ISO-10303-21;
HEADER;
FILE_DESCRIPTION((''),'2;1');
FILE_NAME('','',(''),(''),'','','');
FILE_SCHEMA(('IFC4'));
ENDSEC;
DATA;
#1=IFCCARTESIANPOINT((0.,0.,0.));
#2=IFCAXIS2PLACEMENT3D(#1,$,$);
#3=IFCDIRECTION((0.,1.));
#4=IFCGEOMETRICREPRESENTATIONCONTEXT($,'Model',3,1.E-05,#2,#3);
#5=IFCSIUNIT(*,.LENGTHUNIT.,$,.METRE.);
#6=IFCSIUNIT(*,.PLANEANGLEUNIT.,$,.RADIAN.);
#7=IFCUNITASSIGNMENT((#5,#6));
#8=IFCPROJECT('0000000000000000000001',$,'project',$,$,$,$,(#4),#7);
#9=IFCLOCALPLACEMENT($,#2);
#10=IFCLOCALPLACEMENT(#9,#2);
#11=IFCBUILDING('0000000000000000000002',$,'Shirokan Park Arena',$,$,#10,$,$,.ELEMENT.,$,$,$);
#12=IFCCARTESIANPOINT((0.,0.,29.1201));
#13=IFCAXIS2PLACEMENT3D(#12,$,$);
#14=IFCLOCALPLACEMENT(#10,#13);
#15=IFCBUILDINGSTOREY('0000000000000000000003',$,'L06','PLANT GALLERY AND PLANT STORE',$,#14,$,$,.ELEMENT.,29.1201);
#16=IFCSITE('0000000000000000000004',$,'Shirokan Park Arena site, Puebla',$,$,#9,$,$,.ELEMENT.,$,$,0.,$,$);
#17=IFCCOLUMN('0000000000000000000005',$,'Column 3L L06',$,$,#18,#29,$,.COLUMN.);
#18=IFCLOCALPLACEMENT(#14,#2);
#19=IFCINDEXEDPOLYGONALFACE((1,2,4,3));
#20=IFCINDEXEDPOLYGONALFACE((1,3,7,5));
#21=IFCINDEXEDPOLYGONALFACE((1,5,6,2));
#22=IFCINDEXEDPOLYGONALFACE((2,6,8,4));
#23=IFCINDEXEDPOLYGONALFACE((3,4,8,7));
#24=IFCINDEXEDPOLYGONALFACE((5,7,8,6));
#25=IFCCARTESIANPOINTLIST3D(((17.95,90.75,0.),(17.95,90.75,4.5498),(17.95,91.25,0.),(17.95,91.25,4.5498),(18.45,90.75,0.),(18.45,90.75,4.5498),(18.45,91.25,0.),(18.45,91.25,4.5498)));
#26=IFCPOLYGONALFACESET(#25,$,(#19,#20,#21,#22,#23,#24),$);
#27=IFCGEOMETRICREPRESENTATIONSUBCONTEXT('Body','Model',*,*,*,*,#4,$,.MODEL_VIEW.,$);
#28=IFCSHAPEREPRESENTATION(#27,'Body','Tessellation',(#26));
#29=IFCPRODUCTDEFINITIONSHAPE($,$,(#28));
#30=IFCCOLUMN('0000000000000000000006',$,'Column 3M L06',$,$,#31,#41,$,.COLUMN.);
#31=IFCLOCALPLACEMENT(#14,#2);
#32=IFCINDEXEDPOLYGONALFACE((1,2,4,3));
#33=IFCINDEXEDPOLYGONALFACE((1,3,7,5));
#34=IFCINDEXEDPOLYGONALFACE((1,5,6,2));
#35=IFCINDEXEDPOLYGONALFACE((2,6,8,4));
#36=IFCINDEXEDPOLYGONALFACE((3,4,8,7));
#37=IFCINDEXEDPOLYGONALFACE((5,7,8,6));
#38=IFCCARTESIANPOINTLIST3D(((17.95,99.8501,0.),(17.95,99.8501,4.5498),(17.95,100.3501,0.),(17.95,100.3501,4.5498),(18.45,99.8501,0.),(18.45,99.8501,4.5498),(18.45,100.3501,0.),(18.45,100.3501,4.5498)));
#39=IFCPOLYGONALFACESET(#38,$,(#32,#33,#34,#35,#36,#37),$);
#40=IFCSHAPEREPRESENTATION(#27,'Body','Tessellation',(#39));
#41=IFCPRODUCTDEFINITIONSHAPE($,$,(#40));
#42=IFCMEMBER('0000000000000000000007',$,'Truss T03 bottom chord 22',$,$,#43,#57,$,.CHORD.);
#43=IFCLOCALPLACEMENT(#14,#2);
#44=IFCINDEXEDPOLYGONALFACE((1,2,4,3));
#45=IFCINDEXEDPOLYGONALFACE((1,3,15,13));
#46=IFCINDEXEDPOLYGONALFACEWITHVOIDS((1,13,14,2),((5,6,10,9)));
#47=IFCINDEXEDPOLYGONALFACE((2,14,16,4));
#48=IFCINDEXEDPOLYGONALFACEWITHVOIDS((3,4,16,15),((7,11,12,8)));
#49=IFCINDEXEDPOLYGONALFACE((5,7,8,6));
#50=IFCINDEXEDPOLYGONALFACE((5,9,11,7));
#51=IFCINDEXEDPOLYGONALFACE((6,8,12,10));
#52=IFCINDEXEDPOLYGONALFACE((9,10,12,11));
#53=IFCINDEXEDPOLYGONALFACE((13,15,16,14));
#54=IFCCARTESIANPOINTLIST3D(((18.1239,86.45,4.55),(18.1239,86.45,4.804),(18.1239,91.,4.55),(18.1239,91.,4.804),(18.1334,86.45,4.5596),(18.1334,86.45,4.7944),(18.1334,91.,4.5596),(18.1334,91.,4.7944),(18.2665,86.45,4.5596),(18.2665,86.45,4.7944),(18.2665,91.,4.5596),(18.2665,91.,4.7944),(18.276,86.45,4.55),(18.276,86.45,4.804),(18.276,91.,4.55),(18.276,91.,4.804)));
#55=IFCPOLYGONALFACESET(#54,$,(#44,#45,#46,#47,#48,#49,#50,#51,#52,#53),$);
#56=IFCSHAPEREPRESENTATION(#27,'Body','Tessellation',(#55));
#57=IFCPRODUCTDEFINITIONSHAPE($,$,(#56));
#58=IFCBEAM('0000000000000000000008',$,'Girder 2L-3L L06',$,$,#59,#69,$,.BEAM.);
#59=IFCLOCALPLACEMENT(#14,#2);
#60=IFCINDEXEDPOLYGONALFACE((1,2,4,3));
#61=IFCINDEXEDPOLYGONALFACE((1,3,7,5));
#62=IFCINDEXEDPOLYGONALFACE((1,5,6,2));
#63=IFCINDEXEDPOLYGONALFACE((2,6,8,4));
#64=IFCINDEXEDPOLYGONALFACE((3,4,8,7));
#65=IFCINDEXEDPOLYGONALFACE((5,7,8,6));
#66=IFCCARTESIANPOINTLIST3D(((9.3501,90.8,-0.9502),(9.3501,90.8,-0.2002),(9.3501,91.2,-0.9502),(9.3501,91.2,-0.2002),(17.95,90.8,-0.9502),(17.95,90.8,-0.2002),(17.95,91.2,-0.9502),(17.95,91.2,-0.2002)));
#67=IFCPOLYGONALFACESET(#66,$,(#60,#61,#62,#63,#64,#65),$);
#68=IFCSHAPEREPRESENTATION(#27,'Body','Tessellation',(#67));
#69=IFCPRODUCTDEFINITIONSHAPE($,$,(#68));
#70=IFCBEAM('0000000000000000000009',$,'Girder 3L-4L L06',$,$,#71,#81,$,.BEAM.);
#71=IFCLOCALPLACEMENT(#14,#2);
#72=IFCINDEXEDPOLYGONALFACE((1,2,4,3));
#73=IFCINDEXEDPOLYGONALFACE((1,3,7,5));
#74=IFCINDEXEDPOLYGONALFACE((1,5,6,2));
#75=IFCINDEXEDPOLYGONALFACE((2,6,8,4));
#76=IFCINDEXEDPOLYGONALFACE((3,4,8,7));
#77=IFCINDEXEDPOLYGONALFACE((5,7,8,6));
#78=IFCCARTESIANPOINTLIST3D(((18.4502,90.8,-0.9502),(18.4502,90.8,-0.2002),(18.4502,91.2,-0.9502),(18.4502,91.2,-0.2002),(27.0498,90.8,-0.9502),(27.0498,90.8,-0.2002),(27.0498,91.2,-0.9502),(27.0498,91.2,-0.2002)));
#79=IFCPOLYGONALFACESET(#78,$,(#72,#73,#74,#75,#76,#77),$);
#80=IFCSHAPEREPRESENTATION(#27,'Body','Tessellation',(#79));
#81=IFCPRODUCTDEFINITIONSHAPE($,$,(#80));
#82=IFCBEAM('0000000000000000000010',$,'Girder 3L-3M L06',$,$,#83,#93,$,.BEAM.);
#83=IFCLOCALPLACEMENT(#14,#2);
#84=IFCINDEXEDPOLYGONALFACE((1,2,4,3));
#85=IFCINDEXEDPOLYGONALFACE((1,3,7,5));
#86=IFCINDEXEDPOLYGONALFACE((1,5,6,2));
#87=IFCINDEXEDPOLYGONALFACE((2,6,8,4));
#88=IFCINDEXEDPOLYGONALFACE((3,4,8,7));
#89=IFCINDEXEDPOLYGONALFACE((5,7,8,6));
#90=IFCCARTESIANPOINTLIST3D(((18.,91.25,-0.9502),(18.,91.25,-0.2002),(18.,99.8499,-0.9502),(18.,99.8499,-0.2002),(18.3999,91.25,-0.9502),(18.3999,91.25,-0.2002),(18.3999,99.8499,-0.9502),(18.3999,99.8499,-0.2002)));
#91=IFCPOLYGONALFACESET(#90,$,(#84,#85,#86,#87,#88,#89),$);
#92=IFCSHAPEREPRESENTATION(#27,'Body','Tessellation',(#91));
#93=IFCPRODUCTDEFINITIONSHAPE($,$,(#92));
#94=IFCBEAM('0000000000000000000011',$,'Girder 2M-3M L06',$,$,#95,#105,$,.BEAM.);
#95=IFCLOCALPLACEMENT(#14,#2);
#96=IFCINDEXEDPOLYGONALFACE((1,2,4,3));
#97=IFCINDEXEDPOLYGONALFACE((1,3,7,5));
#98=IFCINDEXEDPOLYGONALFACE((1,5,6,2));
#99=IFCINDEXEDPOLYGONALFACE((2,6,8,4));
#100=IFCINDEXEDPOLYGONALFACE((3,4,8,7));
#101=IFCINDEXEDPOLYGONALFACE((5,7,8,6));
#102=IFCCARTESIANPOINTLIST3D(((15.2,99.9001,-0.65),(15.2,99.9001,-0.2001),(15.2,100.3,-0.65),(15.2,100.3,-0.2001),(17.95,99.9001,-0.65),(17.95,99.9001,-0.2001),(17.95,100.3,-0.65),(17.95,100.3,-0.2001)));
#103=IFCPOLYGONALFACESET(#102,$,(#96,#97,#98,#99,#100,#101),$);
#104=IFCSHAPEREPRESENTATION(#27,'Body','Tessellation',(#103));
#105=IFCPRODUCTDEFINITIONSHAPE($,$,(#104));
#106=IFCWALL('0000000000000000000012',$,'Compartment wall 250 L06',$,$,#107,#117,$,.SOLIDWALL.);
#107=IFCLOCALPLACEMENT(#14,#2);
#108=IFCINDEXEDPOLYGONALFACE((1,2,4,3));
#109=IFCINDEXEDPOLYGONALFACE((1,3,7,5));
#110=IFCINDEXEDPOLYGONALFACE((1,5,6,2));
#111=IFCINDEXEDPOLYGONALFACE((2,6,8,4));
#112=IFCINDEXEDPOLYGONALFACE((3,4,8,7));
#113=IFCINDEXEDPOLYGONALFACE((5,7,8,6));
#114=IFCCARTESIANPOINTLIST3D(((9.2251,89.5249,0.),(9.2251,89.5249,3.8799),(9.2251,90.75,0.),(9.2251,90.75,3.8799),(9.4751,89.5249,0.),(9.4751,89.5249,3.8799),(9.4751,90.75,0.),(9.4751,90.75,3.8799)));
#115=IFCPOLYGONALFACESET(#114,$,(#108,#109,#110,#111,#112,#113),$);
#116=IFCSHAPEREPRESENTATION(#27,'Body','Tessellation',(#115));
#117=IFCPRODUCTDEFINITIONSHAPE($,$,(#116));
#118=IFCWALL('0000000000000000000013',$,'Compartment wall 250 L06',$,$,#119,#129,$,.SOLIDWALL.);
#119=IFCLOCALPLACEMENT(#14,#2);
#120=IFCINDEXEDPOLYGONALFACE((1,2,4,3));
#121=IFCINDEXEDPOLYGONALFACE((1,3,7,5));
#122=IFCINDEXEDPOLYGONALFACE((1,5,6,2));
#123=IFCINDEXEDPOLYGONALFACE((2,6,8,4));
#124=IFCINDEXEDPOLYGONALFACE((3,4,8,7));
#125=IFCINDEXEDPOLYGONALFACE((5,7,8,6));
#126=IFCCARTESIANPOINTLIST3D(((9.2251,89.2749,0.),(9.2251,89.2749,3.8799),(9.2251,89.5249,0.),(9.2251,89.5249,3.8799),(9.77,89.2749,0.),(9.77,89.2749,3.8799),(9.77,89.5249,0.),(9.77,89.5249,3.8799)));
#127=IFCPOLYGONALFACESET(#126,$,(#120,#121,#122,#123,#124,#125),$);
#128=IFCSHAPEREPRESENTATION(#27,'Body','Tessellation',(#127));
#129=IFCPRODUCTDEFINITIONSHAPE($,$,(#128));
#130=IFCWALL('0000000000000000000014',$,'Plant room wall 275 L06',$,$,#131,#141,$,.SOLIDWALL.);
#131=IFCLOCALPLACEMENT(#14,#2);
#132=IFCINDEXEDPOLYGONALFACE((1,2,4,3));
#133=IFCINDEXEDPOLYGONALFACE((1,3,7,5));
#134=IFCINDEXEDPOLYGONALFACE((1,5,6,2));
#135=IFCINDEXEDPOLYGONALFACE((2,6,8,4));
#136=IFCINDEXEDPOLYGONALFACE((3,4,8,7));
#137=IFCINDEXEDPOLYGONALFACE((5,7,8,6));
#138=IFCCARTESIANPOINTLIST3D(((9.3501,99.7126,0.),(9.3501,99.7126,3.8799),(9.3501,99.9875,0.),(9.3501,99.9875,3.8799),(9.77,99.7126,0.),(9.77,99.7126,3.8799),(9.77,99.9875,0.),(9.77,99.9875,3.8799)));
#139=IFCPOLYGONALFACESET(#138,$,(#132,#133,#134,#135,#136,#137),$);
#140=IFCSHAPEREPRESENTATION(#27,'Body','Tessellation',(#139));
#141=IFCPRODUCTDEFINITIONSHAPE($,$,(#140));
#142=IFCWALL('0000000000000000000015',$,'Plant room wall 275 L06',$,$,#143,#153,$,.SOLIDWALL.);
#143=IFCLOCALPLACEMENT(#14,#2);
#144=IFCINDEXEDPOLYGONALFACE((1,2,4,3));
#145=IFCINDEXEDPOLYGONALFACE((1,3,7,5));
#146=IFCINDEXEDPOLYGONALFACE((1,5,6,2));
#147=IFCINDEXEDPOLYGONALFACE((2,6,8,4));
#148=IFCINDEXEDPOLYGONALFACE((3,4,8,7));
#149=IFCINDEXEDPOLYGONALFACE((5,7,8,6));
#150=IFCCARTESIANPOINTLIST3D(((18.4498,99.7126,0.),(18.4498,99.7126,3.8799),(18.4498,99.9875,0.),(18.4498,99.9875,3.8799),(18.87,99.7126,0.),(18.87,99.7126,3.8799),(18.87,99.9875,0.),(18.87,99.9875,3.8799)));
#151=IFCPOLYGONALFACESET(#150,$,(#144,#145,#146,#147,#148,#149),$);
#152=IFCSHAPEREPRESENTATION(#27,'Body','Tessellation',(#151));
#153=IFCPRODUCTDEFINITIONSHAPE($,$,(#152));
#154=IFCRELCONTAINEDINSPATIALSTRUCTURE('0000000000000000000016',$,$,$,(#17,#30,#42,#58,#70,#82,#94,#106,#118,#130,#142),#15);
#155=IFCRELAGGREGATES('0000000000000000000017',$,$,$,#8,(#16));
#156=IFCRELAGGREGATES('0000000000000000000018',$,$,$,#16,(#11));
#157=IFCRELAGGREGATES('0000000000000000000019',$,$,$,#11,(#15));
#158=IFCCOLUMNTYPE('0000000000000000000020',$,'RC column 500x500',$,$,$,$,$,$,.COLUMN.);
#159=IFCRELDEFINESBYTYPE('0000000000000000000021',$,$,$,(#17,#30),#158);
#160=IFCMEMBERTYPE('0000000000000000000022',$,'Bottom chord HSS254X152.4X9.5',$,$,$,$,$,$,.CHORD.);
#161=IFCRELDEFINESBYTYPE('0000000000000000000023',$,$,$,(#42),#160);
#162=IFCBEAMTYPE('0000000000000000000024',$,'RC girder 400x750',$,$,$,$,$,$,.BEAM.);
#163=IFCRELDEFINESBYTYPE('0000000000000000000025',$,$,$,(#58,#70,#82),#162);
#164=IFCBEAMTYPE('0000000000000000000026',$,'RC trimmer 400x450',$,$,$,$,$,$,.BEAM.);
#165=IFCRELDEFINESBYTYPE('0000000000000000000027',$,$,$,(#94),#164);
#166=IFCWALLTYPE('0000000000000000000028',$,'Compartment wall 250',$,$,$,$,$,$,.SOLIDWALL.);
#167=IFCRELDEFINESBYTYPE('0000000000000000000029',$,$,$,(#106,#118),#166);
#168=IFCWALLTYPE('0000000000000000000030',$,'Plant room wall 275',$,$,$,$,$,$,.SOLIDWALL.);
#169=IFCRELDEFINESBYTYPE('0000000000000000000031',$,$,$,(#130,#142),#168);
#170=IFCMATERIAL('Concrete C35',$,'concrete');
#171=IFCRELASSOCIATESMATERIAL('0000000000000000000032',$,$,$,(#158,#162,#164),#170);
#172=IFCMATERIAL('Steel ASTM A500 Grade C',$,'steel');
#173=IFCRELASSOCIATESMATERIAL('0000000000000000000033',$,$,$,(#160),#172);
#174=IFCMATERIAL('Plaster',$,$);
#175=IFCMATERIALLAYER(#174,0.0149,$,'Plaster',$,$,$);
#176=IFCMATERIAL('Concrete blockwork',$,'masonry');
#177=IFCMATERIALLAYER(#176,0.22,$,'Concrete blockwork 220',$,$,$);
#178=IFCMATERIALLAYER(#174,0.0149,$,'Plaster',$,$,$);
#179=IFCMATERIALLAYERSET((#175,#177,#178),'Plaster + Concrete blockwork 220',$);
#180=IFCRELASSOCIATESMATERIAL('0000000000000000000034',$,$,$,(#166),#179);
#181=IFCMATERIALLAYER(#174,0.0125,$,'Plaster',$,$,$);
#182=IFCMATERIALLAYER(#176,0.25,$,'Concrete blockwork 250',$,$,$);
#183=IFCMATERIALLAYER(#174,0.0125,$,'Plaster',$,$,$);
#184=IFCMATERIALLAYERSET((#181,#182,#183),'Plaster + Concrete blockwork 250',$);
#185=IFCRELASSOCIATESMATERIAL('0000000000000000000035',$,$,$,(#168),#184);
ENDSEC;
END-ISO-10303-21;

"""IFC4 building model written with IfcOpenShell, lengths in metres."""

from ifc_helpers import new_model, si_unit, direction, frame, frame_2d, origin, origin_2d, place, context, subcontext, project, spatial, rectangle, hollow_rectangle, extrude, material, layer, layer_set, material_profile, profile_set, type_object, element, save


model = new_model("IFC4")

# Units and contexts
model_context = context("Model", 3, precision=1e-05, world=origin(), true_north=direction((0.0, 1.0)))
body_context = subcontext(model_context, "Body", "Model", "MODEL_VIEW")
ifc_project = project(units=[si_unit("LENGTHUNIT", "METRE"), si_unit("PLANEANGLEUNIT", "RADIAN")], contexts=[model_context])

# Site, building, storey
site_placement = place(None, origin())
site = spatial("IfcSite", under=ifc_project, at=site_placement, Name="Shirokan Park Arena site, Puebla", CompositionType="ELEMENT", RefElevation=0.0)
building_placement = place(site_placement, origin())
building = spatial("IfcBuilding", under=site, at=building_placement, Name="Shirokan Park Arena", CompositionType="ELEMENT")
storey_placement = place(building_placement, frame((0.0, 0.0, 29.1201)))
storey = spatial("IfcBuildingStorey", under=building, at=storey_placement, Name="L06", Description="PLANT GALLERY AND PLANT STORE", CompositionType="ELEMENT", Elevation=29.1201)

# Columns
ifc_material_1 = material(Name="Concrete C35", Category="concrete")
ifc_material_profile_1 = material_profile(ifc_material_1, rectangle(XDim=0.5, YDim=0.5, at=origin_2d()), Name="500x500")
ifc_profile_set_1 = profile_set([ifc_material_profile_1], Name="Concrete C35")
column_type = type_object("IfcColumnType", Name="RC column 500x500", PredefinedType="COLUMN", material=ifc_profile_set_1)
for number, where, z_axis, x_axis, name in (
    (1, (18.2, 91.0, 0.0), (0.0, 0.0, 1.0), (1.0, 0.0, 0.0), "Column 3L L06"),
    (2, (18.2, 100.1001, 0.0), (0.0, 0.0, 1.0), (1.0, 0.0, 0.0), "Column 3M L06"),
):
    element("IfcColumn", number, at=place(storey_placement, frame(where, z_axis=z_axis, x_axis=x_axis)), inside=storey, type_object=column_type, Name=name, PredefinedType="COLUMN", context=body_context, shape_type="SweptSolid", body=[
        extrude(rectangle(XDim=0.5, YDim=0.5, at=origin_2d()), origin(), (0.0, 0.0, 1.0), 4.5498),
    ])

# Member
ifc_material_2 = material(Name="Steel ASTM A500 Grade C", Category="steel")
ifc_material_profile_2 = material_profile(ifc_material_2, hollow_rectangle(XDim=0.1521, YDim=0.2539, WallThickness=0.0095, at=origin_2d()), Name="HSS254X152.4X9.5")
ifc_profile_set_2 = profile_set([ifc_material_profile_2], Name="Steel ASTM A500 Grade C")
member_type = type_object("IfcMemberType", Name="Bottom chord HSS254X152.4X9.5", PredefinedType="CHORD", material=ifc_profile_set_2)
member_placement = place(storey_placement, frame((18.2, 86.45, 4.677), z_axis=(0.0, 1.0, 0.0), x_axis=(-1.0, 0.0, 0.0)))
element("IfcMember", 3, at=member_placement, inside=storey, type_object=member_type, Name="Truss T03 bottom chord 22", PredefinedType="CHORD", context=body_context, shape_type="SweptSolid", body=[
    extrude(hollow_rectangle(XDim=0.1521, YDim=0.2539, WallThickness=0.0095, at=origin_2d()), origin(), (0.0, 0.0, 1.0), 4.55),
])

# Beams
ifc_material_profile_3 = material_profile(ifc_material_1, rectangle(XDim=0.3999, YDim=0.75, at=origin_2d()), Name="400x750")
ifc_profile_set_3 = profile_set([ifc_material_profile_3], Name="Concrete C35")
beam_type_1 = type_object("IfcBeamType", Name="RC girder 400x750", PredefinedType="BEAM", material=ifc_profile_set_3)
beam_1_placement = place(storey_placement, frame((9.3501, 91.0, -0.5752), z_axis=(1.0, 0.0, 0.0), x_axis=(0.0, 1.0, 0.0)))
element("IfcBeam", 4, at=beam_1_placement, inside=storey, type_object=beam_type_1, Name="Girder 2L-3L L06", PredefinedType="BEAM", context=body_context, shape_type="SweptSolid", body=[
    extrude(rectangle(XDim=0.3999, YDim=0.75, at=origin_2d()), origin(), (0.0, 0.0, 1.0), 8.5999),
])
beam_2_placement = place(storey_placement, frame((18.4502, 91.0, -0.5752), z_axis=(1.0, 0.0, 0.0), x_axis=(0.0, 1.0, 0.0)))
element("IfcBeam", 5, at=beam_2_placement, inside=storey, type_object=beam_type_1, Name="Girder 3L-4L L06", PredefinedType="BEAM", context=body_context, shape_type="SweptSolid", body=[
    extrude(rectangle(XDim=0.3999, YDim=0.75, at=origin_2d()), origin(), (0.0, 0.0, 1.0), 8.5996),
])
beam_3_placement = place(storey_placement, frame((18.2, 91.25, -0.5752), z_axis=(0.0, 1.0, 0.0), x_axis=(-1.0, 0.0, 0.0)))
element("IfcBeam", 6, at=beam_3_placement, inside=storey, type_object=beam_type_1, Name="Girder 3L-3M L06", PredefinedType="BEAM", context=body_context, shape_type="SweptSolid", body=[
    extrude(rectangle(XDim=0.3999, YDim=0.75, at=origin_2d()), origin(), (0.0, 0.0, 1.0), 8.5999),
])
ifc_material_profile_4 = material_profile(ifc_material_1, rectangle(XDim=0.3999, YDim=0.45, at=origin_2d()), Name="400x450")
ifc_profile_set_4 = profile_set([ifc_material_profile_4], Name="Concrete C35")
beam_type_2 = type_object("IfcBeamType", Name="RC trimmer 400x450", PredefinedType="BEAM", material=ifc_profile_set_4)
beam_4_placement = place(storey_placement, frame((15.2, 100.1001, -0.425), z_axis=(1.0, 0.0, 0.0), x_axis=(0.0, 1.0, 0.0)))
element("IfcBeam", 7, at=beam_4_placement, inside=storey, type_object=beam_type_2, Name="Girder 2M-3M L06", PredefinedType="BEAM", context=body_context, shape_type="SweptSolid", body=[
    extrude(rectangle(XDim=0.3999, YDim=0.45, at=origin_2d()), origin(), (0.0, 0.0, 1.0), 2.75),
])

# Walls
ifc_material_3 = material(Name="Plaster")
ifc_layer_1 = layer(ifc_material_3, 0.0149, Name="Plaster")
ifc_material_4 = material(Name="Concrete blockwork", Category="masonry")
ifc_layer_2 = layer(ifc_material_4, 0.22, Name="Concrete blockwork 220")
ifc_layer_3 = layer(ifc_material_3, 0.0149, Name="Plaster")
ifc_layer_set_1 = layer_set([ifc_layer_1, ifc_layer_2, ifc_layer_3], Name="Plaster + Concrete blockwork 220")
wall_type_1 = type_object("IfcWallType", Name="Compartment wall 250", PredefinedType="SOLIDWALL", material=ifc_layer_set_1)
wall_1_placement = place(storey_placement, frame((9.3501, 89.5249, 0.0), z_axis=(0.0, 0.0, 1.0), x_axis=(0.0, 1.0, 0.0)))
element("IfcWall", 8, at=wall_1_placement, inside=storey, type_object=wall_type_1, Name="Compartment wall 250 L06", PredefinedType="SOLIDWALL", context=body_context, shape_type="SweptSolid", body=[
    extrude(rectangle(XDim=1.2251, YDim=0.25, at=frame_2d((0.6125, 0.0))), origin(), (0.0, 0.0, 1.0), 3.8799),
])
wall_2_placement = place(storey_placement, frame((9.77, 89.3999, 0.0), z_axis=(0.0, 0.0, 1.0), x_axis=(-1.0, 0.0, 0.0)))
element("IfcWall", 9, at=wall_2_placement, inside=storey, type_object=wall_type_1, Name="Compartment wall 250 L06", PredefinedType="SOLIDWALL", context=body_context, shape_type="SweptSolid", body=[
    extrude(rectangle(XDim=0.5449, YDim=0.25, at=frame_2d((0.2725, 0.0))), origin(), (0.0, 0.0, 1.0), 3.8799),
])
ifc_layer_4 = layer(ifc_material_3, 0.0125, Name="Plaster")
ifc_layer_5 = layer(ifc_material_4, 0.25, Name="Concrete blockwork 250")
ifc_layer_6 = layer(ifc_material_3, 0.0125, Name="Plaster")
ifc_layer_set_2 = layer_set([ifc_layer_4, ifc_layer_5, ifc_layer_6], Name="Plaster + Concrete blockwork 250")
wall_type_2 = type_object("IfcWallType", Name="Plant room wall 275", PredefinedType="SOLIDWALL", material=ifc_layer_set_2)
wall_3_placement = place(storey_placement, frame((9.3501, 99.8501, 0.0), z_axis=(0.0, 0.0, 1.0), x_axis=(1.0, 0.0, 0.0)))
element("IfcWall", 10, at=wall_3_placement, inside=storey, type_object=wall_type_2, Name="Plant room wall 275 L06", PredefinedType="SOLIDWALL", context=body_context, shape_type="SweptSolid", body=[
    extrude(rectangle(XDim=0.4199, YDim=0.2749, at=frame_2d((0.21, 0.0))), origin(), (0.0, 0.0, 1.0), 3.8799),
])

# Wall
wall_4_placement = place(storey_placement, frame((18.45, 99.8501, 0.0), z_axis=(0.0, 0.0, 1.0), x_axis=(1.0, 0.0, 0.0)))
element("IfcWall", 11, at=wall_4_placement, inside=storey, type_object=wall_type_2, Name="Plant room wall 275 L06", PredefinedType="SOLIDWALL", context=body_context, shape_type="SweptSolid", body=[
    extrude(rectangle(XDim=0.4202, YDim=0.2749, at=frame_2d((0.21, 0.0))), origin(), (0.0, 0.0, 1.0), 3.8799),
])

save(model, "model.ifc")
